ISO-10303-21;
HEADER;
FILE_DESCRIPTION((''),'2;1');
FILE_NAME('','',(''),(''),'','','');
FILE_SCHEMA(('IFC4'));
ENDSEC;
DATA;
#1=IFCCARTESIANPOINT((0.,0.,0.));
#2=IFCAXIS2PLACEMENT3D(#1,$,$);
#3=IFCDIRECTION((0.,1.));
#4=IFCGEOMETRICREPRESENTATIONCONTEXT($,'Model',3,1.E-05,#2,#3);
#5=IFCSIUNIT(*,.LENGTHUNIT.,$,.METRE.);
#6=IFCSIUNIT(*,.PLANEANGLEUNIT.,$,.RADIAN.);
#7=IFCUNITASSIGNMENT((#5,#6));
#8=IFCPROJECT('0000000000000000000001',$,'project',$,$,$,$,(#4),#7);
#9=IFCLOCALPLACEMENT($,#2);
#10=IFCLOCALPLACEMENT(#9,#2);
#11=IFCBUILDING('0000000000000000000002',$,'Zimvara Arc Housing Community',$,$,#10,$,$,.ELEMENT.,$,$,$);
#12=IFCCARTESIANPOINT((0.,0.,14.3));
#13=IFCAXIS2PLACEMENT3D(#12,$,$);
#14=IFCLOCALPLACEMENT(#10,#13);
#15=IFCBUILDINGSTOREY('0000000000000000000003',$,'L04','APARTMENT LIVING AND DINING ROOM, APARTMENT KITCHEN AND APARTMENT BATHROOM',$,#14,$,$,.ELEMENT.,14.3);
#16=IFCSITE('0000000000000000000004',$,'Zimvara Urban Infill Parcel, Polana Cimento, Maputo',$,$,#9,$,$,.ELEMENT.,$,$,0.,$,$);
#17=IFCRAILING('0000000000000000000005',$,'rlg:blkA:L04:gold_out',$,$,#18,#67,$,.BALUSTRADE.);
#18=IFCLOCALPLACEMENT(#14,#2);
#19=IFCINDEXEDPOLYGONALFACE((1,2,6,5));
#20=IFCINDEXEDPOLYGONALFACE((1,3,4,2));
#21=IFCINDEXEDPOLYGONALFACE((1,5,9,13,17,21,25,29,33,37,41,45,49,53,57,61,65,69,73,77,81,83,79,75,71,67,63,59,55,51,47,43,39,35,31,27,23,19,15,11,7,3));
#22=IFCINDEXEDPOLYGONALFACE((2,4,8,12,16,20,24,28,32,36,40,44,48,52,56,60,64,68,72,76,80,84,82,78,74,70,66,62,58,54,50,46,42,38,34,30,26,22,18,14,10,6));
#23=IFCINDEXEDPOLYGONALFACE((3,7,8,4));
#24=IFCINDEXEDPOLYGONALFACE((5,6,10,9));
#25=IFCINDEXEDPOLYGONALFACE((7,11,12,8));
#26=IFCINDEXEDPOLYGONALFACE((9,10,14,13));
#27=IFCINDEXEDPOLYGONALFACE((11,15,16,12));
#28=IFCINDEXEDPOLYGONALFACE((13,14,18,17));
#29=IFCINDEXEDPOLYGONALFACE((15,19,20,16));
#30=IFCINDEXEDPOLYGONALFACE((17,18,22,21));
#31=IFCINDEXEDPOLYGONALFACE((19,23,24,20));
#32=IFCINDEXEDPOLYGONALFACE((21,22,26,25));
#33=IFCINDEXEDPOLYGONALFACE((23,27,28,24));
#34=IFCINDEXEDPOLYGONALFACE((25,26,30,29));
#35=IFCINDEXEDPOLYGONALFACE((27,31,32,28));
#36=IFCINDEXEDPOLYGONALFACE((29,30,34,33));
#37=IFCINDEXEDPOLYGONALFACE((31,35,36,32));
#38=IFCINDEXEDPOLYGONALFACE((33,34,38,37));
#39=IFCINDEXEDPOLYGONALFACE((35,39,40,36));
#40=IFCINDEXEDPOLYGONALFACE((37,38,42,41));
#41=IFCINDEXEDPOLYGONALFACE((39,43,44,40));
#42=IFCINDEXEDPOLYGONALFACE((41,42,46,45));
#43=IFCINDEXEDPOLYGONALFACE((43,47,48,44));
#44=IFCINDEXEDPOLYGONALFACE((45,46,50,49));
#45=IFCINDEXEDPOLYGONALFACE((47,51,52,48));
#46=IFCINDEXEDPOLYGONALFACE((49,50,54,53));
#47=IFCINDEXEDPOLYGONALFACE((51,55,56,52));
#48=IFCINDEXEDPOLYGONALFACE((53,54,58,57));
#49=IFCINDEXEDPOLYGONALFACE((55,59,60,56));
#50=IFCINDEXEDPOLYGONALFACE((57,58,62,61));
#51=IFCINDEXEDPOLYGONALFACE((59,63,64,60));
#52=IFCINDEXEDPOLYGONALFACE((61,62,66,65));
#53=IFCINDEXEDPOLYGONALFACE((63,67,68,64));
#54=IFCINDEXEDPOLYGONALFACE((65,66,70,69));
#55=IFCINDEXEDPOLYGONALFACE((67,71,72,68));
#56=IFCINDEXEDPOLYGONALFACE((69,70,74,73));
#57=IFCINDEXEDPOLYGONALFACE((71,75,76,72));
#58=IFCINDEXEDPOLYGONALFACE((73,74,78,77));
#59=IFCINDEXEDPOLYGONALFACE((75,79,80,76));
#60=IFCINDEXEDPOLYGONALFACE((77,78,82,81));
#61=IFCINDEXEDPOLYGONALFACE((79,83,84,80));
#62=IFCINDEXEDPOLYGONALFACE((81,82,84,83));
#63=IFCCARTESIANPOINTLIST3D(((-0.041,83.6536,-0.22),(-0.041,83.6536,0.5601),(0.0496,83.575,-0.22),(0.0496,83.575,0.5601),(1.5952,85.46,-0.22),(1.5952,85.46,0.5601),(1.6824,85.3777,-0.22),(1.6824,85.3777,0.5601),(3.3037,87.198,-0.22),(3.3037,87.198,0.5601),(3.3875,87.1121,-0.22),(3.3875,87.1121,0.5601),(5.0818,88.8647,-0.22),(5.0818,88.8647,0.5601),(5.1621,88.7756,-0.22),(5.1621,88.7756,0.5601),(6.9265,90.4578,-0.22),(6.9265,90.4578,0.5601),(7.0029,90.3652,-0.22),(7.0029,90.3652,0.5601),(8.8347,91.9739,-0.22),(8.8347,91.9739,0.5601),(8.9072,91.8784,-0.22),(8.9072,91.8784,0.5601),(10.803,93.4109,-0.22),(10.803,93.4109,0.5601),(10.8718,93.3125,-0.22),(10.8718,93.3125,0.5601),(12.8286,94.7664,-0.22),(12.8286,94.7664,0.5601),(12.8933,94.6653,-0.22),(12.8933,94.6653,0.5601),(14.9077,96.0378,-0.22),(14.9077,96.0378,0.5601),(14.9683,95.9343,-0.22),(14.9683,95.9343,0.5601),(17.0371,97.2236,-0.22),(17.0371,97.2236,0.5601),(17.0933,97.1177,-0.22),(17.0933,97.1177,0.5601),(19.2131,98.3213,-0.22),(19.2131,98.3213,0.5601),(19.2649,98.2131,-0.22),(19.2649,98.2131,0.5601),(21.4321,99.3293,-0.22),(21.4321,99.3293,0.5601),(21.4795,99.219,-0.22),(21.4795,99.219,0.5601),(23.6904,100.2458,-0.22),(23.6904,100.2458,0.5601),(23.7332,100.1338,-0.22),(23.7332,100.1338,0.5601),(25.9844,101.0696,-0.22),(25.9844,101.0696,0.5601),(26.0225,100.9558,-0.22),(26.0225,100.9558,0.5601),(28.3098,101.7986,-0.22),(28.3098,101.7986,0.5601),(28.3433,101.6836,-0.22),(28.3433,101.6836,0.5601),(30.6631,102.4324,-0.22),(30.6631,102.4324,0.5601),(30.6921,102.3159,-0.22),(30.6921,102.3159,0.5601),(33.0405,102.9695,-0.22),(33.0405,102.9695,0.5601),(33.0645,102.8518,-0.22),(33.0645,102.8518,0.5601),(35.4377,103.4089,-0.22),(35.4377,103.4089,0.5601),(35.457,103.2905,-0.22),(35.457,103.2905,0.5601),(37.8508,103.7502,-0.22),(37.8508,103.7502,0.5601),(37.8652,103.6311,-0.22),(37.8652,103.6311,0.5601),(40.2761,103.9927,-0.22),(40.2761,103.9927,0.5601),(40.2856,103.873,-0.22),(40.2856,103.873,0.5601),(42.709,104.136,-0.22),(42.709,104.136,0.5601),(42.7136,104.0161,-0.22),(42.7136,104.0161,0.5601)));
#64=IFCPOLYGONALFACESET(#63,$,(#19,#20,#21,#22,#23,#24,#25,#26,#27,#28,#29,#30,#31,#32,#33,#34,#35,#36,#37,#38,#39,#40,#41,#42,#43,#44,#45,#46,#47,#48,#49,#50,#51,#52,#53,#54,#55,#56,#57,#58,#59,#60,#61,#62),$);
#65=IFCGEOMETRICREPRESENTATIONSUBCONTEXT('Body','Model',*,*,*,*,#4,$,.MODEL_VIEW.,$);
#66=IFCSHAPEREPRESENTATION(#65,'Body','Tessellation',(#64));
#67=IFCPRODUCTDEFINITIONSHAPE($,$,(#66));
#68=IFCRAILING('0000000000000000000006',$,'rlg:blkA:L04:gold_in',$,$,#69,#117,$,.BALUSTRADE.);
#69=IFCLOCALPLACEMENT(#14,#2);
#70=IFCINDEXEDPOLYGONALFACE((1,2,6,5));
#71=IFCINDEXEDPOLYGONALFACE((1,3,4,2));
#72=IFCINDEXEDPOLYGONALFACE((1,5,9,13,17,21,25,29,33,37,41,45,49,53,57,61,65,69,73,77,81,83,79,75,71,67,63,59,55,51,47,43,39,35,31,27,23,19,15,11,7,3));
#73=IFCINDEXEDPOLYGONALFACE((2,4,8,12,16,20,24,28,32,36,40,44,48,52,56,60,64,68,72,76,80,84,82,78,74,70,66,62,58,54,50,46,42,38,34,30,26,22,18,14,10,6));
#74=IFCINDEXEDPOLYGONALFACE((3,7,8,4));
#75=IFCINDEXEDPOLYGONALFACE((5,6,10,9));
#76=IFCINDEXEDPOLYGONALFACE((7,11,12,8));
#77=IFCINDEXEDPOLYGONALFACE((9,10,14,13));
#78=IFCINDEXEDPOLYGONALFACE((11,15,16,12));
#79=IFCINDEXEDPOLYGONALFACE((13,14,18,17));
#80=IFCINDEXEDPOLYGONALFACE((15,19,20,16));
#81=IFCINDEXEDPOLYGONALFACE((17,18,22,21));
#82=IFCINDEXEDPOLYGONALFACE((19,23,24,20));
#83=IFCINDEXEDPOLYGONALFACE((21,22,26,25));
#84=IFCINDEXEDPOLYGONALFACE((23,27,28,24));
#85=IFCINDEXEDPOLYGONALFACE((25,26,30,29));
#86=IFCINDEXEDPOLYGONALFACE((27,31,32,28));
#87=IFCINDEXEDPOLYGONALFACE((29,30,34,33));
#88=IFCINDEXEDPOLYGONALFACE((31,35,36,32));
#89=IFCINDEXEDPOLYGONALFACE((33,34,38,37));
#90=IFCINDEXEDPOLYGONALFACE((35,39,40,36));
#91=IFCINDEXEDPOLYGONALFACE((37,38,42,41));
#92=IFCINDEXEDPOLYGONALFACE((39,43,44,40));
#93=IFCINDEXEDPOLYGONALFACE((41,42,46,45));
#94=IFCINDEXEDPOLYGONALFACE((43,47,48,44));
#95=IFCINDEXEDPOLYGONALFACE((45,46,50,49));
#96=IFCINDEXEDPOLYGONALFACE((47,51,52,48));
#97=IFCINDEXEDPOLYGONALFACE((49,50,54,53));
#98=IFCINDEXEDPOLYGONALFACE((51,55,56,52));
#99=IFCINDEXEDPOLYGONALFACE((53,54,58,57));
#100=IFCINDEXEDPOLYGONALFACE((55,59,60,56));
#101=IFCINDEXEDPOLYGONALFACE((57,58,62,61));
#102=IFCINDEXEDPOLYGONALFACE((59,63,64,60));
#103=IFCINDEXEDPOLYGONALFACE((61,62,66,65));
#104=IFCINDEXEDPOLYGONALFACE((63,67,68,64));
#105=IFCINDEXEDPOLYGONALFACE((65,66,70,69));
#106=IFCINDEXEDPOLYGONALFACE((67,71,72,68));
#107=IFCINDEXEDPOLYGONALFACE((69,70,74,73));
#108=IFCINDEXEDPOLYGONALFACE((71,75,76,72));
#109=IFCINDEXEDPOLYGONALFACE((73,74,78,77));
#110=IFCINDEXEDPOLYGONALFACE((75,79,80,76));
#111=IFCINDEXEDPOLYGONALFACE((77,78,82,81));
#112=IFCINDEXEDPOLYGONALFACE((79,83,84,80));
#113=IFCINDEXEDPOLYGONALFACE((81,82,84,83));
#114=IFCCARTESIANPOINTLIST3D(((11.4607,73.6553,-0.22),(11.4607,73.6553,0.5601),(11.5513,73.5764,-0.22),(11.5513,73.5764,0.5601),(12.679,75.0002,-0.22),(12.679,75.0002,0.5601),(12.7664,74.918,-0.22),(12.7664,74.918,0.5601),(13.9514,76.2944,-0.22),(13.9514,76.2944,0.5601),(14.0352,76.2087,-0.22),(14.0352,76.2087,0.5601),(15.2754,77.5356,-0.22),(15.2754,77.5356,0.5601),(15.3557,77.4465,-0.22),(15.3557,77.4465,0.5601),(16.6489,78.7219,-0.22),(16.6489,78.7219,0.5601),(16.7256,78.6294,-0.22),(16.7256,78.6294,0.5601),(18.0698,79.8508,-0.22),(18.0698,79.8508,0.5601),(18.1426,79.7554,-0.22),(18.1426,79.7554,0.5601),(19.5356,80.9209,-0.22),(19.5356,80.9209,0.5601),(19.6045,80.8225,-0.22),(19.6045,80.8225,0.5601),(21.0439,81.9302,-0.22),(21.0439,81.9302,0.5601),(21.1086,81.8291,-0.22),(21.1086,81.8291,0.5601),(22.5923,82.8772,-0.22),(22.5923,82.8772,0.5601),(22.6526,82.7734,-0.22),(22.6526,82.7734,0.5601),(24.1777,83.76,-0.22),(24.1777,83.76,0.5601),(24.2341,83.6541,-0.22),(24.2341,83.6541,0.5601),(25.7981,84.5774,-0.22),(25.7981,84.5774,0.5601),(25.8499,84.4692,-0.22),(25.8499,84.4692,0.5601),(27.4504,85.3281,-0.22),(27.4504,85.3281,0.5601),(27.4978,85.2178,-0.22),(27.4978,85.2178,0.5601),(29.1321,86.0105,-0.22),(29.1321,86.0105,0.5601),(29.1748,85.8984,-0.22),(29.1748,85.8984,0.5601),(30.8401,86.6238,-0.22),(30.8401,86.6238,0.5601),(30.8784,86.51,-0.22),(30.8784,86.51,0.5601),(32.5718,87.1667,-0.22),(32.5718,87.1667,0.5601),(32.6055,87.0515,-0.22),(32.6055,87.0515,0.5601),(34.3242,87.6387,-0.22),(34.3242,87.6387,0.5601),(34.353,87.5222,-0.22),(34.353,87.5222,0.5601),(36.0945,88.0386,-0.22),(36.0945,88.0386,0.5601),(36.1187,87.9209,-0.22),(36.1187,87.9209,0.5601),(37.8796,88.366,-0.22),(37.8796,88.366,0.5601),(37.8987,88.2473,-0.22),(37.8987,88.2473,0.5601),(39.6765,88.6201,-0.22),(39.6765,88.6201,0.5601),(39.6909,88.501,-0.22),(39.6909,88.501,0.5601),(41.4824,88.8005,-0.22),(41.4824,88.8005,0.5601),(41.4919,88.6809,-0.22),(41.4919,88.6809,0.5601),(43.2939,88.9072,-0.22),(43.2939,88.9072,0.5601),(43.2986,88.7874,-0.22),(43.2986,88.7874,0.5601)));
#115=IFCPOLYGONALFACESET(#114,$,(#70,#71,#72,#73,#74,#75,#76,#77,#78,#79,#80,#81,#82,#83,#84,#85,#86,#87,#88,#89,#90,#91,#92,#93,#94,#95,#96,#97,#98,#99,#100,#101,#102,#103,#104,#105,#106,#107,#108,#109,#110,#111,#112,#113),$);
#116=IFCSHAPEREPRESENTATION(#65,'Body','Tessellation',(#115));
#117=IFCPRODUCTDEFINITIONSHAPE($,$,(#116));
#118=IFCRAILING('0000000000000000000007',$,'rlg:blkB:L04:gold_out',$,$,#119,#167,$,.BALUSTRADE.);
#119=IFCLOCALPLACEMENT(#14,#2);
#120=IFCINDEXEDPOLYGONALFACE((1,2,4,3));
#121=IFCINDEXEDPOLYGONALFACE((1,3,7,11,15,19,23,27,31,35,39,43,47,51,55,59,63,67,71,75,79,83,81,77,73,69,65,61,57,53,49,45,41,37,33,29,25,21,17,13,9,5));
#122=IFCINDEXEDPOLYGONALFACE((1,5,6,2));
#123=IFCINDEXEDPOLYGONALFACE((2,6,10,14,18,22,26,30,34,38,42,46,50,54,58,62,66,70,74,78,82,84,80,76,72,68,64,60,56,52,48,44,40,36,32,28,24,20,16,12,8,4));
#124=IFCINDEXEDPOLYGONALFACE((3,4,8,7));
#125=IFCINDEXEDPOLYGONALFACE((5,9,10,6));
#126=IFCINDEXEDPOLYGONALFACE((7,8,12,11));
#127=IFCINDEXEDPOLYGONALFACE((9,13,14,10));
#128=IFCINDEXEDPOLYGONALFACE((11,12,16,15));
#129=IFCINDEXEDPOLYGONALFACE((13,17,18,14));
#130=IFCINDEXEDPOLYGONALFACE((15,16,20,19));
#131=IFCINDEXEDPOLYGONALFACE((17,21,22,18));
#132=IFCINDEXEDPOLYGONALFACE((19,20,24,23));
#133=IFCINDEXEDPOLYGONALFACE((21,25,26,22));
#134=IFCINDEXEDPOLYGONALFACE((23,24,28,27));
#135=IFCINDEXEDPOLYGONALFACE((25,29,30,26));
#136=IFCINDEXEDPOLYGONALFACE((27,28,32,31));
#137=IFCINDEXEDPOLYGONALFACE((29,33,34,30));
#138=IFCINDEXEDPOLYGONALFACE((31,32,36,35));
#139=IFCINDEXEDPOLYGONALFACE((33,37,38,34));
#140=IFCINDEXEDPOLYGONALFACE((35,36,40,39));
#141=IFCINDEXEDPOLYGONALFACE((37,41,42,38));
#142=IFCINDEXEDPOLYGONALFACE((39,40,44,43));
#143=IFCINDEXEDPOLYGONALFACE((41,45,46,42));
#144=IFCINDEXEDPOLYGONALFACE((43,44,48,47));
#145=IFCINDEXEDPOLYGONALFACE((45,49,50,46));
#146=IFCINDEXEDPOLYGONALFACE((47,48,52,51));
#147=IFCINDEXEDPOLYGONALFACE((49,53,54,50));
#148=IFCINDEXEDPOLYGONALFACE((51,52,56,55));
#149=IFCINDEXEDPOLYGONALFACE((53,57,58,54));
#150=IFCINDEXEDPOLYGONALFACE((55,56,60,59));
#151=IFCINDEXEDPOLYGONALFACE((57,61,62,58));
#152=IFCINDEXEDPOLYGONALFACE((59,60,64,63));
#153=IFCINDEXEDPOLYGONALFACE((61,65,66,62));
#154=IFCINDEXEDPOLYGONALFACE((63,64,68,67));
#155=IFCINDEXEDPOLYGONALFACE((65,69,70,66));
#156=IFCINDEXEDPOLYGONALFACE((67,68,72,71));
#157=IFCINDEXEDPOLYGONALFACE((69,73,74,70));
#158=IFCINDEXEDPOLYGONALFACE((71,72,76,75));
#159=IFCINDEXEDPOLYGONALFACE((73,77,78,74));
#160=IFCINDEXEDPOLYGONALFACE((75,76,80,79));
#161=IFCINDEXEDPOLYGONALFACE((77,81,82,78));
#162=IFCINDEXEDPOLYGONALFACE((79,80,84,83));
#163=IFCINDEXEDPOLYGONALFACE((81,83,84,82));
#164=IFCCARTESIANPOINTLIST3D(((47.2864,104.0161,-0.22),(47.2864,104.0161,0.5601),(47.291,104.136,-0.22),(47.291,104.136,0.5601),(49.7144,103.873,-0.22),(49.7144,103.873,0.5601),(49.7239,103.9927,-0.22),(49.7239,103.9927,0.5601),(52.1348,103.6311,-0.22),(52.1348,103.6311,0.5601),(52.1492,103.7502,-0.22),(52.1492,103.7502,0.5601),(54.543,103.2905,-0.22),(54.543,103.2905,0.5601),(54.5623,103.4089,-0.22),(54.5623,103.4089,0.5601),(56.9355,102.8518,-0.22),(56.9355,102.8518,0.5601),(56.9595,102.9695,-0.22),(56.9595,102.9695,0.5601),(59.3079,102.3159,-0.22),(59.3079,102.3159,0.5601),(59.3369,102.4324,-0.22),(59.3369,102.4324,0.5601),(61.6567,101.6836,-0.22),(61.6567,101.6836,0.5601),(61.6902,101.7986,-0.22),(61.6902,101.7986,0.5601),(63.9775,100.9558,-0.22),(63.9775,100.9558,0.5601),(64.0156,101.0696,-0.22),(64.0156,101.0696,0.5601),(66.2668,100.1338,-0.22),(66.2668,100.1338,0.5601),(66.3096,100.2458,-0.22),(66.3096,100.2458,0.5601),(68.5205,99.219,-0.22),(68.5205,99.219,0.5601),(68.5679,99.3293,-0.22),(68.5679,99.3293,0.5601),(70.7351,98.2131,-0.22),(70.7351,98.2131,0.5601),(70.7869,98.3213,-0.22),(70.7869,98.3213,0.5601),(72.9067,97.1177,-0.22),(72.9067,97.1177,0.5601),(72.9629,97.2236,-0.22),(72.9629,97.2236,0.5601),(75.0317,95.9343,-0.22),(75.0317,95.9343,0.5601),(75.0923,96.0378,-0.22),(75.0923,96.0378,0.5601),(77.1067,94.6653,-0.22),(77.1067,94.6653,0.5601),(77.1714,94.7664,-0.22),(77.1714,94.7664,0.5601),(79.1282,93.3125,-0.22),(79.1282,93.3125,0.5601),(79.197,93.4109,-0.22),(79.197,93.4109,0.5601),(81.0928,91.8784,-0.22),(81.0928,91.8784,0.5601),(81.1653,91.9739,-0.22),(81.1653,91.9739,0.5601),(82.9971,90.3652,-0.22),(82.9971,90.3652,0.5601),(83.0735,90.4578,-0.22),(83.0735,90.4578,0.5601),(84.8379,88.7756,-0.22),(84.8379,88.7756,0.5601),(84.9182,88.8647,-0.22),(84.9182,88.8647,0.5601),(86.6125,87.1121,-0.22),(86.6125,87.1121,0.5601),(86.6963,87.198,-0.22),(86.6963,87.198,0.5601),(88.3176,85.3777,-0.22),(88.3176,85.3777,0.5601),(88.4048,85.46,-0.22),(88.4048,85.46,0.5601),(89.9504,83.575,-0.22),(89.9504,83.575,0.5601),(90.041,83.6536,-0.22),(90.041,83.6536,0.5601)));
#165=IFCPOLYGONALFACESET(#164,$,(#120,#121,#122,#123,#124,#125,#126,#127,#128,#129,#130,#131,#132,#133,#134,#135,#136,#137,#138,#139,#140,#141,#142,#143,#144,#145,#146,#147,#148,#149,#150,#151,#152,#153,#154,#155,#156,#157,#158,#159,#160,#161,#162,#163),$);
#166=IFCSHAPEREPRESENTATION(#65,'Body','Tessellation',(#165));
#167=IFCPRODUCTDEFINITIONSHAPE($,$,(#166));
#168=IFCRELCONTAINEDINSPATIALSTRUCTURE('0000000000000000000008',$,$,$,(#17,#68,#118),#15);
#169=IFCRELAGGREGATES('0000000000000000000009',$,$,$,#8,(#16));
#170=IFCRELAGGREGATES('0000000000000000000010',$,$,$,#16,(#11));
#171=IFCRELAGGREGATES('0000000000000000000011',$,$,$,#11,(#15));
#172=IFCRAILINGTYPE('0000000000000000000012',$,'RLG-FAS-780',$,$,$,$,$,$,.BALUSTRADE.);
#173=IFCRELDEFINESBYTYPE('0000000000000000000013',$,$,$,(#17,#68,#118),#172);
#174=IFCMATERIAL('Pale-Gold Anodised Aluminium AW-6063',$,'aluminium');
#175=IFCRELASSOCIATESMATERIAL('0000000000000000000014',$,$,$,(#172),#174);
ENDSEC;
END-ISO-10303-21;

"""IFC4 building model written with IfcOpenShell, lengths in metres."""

from ifc_helpers import new_model, si_unit, direction, frame, origin, place, context, subcontext, project, spatial, polyline, outline, extrude, material, type_object, element, save


model = new_model("IFC4")

# Units and contexts
model_context = context("Model", 3, precision=1e-05, world=origin(), true_north=direction((0.0, 1.0)))
body_context = subcontext(model_context, "Body", "Model", "MODEL_VIEW")
ifc_project = project(units=[si_unit("LENGTHUNIT", "METRE"), si_unit("PLANEANGLEUNIT", "RADIAN")], contexts=[model_context])

# Site, building, storey
site_placement = place(None, origin())
site = spatial("IfcSite", under=ifc_project, at=site_placement, Name="Zimvara Urban Infill Parcel, Polana Cimento, Maputo", CompositionType="ELEMENT", RefElevation=0.0)
building_placement = place(site_placement, origin())
building = spatial("IfcBuilding", under=site, at=building_placement, Name="Zimvara Arc Housing Community", CompositionType="ELEMENT")
storey_placement = place(building_placement, frame((0.0, 0.0, 14.3)))
storey = spatial("IfcBuildingStorey", under=building, at=storey_placement, Name="L04", Description="APARTMENT LIVING AND DINING ROOM, APARTMENT KITCHEN AND APARTMENT BATHROOM", CompositionType="ELEMENT", Elevation=14.3)

# Railings
ifc_material_1 = material(Name="Pale-Gold Anodised Aluminium AW-6063", Category="aluminium")
railing_type_1 = type_object("IfcRailingType", Name="RLG-FAS-780", PredefinedType="BALUSTRADE", material=ifc_material_1)
railing_1_placement = place(storey_placement, frame((0.0, 0.0, -0.22)))
element("IfcRailing", 1, at=railing_1_placement, inside=storey, type_object=railing_type_1, Name="rlg:blkA:L04:gold_out", PredefinedType="BALUSTRADE", context=body_context, shape_type="SweptSolid", body=[
    extrude(outline(polyline([(0.0496, 83.575), (1.6824, 85.3777), (3.3875, 87.1121), (5.1621, 88.7756), (7.0029, 90.3652), (8.9072, 91.8784), (10.8718, 93.3125), (12.8933, 94.6653), (14.9683, 95.9343), (17.0933, 97.1177), (19.2649, 98.2131), (21.4795, 99.219), (23.7332, 100.1338), (26.0225, 100.9558), (28.3433, 101.6836), (30.6921, 102.3159), (33.0645, 102.8518), (35.457, 103.2905), (37.8652, 103.6311), (40.2856, 103.873), (42.7136, 104.0161), (42.709, 104.136), (40.2761, 103.9927), (37.8508, 103.7502), (35.4377, 103.4089), (33.0405, 102.9695), (30.6631, 102.4324), (28.3098, 101.7986), (25.9844, 101.0696), (23.6904, 100.2458), (21.4321, 99.3293), (19.2131, 98.3213), (17.0371, 97.2236), (14.9077, 96.0378), (12.8286, 94.7664), (10.803, 93.4109), (8.8347, 91.9739), (6.9265, 90.4578), (5.0818, 88.8647), (3.3037, 87.198), (1.5952, 85.46), (-0.041, 83.6536), (0.0496, 83.575)])), origin(), (0.0, 0.0, 1.0), 0.78),
])
railing_2_placement = place(storey_placement, frame((0.0, 0.0, -0.22)))
element("IfcRailing", 2, at=railing_2_placement, inside=storey, type_object=railing_type_1, Name="rlg:blkA:L04:gold_in", PredefinedType="BALUSTRADE", context=body_context, shape_type="SweptSolid", body=[
    extrude(outline(polyline([(11.5513, 73.5764), (12.7664, 74.918), (14.0352, 76.2087), (15.3557, 77.4465), (16.7256, 78.6294), (18.1426, 79.7554), (19.6045, 80.8225), (21.1086, 81.8291), (22.6526, 82.7734), (24.2341, 83.6541), (25.8499, 84.4692), (27.4978, 85.2178), (29.1748, 85.8984), (30.8784, 86.51), (32.6055, 87.0515), (34.353, 87.5222), (36.1187, 87.9209), (37.8987, 88.2473), (39.6909, 88.501), (41.4919, 88.6809), (43.2986, 88.7874), (43.2939, 88.9072), (41.4824, 88.8005), (39.6765, 88.6201), (37.8796, 88.366), (36.0945, 88.0386), (34.3242, 87.6387), (32.5718, 87.1667), (30.8401, 86.6238), (29.1321, 86.0105), (27.4504, 85.3281), (25.7981, 84.5774), (24.1777, 83.76), (22.5923, 82.8772), (21.0439, 81.9302), (19.5356, 80.9209), (18.0698, 79.8508), (16.6489, 78.7219), (15.2754, 77.5356), (13.9514, 76.2944), (12.679, 75.0002), (11.4607, 73.6553), (11.5513, 73.5764)])), origin(), (0.0, 0.0, 1.0), 0.78),
])
railing_3_placement = place(storey_placement, frame((0.0, 0.0, -0.22)))
element("IfcRailing", 3, at=railing_3_placement, inside=storey, type_object=railing_type_1, Name="rlg:blkB:L04:gold_out", PredefinedType="BALUSTRADE", context=body_context, shape_type="SweptSolid", body=[
    extrude(outline(polyline([(47.2864, 104.0161), (49.7144, 103.873), (52.1348, 103.6311), (54.543, 103.2905), (56.9355, 102.8518), (59.3079, 102.3159), (61.6567, 101.6836), (63.9775, 100.9558), (66.2668, 100.1338), (68.5205, 99.219), (70.7351, 98.2131), (72.9067, 97.1177), (75.0317, 95.9343), (77.1067, 94.6653), (79.1282, 93.3125), (81.0928, 91.8784), (82.9971, 90.3652), (84.8379, 88.7756), (86.6125, 87.1121), (88.3176, 85.3777), (89.9504, 83.575), (90.041, 83.6536), (88.4048, 85.46), (86.6963, 87.198), (84.9182, 88.8647), (83.0735, 90.4578), (81.1653, 91.9739), (79.197, 93.4109), (77.1714, 94.7664), (75.0923, 96.0378), (72.9629, 97.2236), (70.7869, 98.3213), (68.5679, 99.3293), (66.3096, 100.2458), (64.0156, 101.0696), (61.6902, 101.7986), (59.3369, 102.4324), (56.9595, 102.9695), (54.5623, 103.4089), (52.1492, 103.7502), (49.7239, 103.9927), (47.291, 104.136), (47.2864, 104.0161)])), origin(), (0.0, 0.0, 1.0), 0.78),
])

save(model, "model.ifc")
